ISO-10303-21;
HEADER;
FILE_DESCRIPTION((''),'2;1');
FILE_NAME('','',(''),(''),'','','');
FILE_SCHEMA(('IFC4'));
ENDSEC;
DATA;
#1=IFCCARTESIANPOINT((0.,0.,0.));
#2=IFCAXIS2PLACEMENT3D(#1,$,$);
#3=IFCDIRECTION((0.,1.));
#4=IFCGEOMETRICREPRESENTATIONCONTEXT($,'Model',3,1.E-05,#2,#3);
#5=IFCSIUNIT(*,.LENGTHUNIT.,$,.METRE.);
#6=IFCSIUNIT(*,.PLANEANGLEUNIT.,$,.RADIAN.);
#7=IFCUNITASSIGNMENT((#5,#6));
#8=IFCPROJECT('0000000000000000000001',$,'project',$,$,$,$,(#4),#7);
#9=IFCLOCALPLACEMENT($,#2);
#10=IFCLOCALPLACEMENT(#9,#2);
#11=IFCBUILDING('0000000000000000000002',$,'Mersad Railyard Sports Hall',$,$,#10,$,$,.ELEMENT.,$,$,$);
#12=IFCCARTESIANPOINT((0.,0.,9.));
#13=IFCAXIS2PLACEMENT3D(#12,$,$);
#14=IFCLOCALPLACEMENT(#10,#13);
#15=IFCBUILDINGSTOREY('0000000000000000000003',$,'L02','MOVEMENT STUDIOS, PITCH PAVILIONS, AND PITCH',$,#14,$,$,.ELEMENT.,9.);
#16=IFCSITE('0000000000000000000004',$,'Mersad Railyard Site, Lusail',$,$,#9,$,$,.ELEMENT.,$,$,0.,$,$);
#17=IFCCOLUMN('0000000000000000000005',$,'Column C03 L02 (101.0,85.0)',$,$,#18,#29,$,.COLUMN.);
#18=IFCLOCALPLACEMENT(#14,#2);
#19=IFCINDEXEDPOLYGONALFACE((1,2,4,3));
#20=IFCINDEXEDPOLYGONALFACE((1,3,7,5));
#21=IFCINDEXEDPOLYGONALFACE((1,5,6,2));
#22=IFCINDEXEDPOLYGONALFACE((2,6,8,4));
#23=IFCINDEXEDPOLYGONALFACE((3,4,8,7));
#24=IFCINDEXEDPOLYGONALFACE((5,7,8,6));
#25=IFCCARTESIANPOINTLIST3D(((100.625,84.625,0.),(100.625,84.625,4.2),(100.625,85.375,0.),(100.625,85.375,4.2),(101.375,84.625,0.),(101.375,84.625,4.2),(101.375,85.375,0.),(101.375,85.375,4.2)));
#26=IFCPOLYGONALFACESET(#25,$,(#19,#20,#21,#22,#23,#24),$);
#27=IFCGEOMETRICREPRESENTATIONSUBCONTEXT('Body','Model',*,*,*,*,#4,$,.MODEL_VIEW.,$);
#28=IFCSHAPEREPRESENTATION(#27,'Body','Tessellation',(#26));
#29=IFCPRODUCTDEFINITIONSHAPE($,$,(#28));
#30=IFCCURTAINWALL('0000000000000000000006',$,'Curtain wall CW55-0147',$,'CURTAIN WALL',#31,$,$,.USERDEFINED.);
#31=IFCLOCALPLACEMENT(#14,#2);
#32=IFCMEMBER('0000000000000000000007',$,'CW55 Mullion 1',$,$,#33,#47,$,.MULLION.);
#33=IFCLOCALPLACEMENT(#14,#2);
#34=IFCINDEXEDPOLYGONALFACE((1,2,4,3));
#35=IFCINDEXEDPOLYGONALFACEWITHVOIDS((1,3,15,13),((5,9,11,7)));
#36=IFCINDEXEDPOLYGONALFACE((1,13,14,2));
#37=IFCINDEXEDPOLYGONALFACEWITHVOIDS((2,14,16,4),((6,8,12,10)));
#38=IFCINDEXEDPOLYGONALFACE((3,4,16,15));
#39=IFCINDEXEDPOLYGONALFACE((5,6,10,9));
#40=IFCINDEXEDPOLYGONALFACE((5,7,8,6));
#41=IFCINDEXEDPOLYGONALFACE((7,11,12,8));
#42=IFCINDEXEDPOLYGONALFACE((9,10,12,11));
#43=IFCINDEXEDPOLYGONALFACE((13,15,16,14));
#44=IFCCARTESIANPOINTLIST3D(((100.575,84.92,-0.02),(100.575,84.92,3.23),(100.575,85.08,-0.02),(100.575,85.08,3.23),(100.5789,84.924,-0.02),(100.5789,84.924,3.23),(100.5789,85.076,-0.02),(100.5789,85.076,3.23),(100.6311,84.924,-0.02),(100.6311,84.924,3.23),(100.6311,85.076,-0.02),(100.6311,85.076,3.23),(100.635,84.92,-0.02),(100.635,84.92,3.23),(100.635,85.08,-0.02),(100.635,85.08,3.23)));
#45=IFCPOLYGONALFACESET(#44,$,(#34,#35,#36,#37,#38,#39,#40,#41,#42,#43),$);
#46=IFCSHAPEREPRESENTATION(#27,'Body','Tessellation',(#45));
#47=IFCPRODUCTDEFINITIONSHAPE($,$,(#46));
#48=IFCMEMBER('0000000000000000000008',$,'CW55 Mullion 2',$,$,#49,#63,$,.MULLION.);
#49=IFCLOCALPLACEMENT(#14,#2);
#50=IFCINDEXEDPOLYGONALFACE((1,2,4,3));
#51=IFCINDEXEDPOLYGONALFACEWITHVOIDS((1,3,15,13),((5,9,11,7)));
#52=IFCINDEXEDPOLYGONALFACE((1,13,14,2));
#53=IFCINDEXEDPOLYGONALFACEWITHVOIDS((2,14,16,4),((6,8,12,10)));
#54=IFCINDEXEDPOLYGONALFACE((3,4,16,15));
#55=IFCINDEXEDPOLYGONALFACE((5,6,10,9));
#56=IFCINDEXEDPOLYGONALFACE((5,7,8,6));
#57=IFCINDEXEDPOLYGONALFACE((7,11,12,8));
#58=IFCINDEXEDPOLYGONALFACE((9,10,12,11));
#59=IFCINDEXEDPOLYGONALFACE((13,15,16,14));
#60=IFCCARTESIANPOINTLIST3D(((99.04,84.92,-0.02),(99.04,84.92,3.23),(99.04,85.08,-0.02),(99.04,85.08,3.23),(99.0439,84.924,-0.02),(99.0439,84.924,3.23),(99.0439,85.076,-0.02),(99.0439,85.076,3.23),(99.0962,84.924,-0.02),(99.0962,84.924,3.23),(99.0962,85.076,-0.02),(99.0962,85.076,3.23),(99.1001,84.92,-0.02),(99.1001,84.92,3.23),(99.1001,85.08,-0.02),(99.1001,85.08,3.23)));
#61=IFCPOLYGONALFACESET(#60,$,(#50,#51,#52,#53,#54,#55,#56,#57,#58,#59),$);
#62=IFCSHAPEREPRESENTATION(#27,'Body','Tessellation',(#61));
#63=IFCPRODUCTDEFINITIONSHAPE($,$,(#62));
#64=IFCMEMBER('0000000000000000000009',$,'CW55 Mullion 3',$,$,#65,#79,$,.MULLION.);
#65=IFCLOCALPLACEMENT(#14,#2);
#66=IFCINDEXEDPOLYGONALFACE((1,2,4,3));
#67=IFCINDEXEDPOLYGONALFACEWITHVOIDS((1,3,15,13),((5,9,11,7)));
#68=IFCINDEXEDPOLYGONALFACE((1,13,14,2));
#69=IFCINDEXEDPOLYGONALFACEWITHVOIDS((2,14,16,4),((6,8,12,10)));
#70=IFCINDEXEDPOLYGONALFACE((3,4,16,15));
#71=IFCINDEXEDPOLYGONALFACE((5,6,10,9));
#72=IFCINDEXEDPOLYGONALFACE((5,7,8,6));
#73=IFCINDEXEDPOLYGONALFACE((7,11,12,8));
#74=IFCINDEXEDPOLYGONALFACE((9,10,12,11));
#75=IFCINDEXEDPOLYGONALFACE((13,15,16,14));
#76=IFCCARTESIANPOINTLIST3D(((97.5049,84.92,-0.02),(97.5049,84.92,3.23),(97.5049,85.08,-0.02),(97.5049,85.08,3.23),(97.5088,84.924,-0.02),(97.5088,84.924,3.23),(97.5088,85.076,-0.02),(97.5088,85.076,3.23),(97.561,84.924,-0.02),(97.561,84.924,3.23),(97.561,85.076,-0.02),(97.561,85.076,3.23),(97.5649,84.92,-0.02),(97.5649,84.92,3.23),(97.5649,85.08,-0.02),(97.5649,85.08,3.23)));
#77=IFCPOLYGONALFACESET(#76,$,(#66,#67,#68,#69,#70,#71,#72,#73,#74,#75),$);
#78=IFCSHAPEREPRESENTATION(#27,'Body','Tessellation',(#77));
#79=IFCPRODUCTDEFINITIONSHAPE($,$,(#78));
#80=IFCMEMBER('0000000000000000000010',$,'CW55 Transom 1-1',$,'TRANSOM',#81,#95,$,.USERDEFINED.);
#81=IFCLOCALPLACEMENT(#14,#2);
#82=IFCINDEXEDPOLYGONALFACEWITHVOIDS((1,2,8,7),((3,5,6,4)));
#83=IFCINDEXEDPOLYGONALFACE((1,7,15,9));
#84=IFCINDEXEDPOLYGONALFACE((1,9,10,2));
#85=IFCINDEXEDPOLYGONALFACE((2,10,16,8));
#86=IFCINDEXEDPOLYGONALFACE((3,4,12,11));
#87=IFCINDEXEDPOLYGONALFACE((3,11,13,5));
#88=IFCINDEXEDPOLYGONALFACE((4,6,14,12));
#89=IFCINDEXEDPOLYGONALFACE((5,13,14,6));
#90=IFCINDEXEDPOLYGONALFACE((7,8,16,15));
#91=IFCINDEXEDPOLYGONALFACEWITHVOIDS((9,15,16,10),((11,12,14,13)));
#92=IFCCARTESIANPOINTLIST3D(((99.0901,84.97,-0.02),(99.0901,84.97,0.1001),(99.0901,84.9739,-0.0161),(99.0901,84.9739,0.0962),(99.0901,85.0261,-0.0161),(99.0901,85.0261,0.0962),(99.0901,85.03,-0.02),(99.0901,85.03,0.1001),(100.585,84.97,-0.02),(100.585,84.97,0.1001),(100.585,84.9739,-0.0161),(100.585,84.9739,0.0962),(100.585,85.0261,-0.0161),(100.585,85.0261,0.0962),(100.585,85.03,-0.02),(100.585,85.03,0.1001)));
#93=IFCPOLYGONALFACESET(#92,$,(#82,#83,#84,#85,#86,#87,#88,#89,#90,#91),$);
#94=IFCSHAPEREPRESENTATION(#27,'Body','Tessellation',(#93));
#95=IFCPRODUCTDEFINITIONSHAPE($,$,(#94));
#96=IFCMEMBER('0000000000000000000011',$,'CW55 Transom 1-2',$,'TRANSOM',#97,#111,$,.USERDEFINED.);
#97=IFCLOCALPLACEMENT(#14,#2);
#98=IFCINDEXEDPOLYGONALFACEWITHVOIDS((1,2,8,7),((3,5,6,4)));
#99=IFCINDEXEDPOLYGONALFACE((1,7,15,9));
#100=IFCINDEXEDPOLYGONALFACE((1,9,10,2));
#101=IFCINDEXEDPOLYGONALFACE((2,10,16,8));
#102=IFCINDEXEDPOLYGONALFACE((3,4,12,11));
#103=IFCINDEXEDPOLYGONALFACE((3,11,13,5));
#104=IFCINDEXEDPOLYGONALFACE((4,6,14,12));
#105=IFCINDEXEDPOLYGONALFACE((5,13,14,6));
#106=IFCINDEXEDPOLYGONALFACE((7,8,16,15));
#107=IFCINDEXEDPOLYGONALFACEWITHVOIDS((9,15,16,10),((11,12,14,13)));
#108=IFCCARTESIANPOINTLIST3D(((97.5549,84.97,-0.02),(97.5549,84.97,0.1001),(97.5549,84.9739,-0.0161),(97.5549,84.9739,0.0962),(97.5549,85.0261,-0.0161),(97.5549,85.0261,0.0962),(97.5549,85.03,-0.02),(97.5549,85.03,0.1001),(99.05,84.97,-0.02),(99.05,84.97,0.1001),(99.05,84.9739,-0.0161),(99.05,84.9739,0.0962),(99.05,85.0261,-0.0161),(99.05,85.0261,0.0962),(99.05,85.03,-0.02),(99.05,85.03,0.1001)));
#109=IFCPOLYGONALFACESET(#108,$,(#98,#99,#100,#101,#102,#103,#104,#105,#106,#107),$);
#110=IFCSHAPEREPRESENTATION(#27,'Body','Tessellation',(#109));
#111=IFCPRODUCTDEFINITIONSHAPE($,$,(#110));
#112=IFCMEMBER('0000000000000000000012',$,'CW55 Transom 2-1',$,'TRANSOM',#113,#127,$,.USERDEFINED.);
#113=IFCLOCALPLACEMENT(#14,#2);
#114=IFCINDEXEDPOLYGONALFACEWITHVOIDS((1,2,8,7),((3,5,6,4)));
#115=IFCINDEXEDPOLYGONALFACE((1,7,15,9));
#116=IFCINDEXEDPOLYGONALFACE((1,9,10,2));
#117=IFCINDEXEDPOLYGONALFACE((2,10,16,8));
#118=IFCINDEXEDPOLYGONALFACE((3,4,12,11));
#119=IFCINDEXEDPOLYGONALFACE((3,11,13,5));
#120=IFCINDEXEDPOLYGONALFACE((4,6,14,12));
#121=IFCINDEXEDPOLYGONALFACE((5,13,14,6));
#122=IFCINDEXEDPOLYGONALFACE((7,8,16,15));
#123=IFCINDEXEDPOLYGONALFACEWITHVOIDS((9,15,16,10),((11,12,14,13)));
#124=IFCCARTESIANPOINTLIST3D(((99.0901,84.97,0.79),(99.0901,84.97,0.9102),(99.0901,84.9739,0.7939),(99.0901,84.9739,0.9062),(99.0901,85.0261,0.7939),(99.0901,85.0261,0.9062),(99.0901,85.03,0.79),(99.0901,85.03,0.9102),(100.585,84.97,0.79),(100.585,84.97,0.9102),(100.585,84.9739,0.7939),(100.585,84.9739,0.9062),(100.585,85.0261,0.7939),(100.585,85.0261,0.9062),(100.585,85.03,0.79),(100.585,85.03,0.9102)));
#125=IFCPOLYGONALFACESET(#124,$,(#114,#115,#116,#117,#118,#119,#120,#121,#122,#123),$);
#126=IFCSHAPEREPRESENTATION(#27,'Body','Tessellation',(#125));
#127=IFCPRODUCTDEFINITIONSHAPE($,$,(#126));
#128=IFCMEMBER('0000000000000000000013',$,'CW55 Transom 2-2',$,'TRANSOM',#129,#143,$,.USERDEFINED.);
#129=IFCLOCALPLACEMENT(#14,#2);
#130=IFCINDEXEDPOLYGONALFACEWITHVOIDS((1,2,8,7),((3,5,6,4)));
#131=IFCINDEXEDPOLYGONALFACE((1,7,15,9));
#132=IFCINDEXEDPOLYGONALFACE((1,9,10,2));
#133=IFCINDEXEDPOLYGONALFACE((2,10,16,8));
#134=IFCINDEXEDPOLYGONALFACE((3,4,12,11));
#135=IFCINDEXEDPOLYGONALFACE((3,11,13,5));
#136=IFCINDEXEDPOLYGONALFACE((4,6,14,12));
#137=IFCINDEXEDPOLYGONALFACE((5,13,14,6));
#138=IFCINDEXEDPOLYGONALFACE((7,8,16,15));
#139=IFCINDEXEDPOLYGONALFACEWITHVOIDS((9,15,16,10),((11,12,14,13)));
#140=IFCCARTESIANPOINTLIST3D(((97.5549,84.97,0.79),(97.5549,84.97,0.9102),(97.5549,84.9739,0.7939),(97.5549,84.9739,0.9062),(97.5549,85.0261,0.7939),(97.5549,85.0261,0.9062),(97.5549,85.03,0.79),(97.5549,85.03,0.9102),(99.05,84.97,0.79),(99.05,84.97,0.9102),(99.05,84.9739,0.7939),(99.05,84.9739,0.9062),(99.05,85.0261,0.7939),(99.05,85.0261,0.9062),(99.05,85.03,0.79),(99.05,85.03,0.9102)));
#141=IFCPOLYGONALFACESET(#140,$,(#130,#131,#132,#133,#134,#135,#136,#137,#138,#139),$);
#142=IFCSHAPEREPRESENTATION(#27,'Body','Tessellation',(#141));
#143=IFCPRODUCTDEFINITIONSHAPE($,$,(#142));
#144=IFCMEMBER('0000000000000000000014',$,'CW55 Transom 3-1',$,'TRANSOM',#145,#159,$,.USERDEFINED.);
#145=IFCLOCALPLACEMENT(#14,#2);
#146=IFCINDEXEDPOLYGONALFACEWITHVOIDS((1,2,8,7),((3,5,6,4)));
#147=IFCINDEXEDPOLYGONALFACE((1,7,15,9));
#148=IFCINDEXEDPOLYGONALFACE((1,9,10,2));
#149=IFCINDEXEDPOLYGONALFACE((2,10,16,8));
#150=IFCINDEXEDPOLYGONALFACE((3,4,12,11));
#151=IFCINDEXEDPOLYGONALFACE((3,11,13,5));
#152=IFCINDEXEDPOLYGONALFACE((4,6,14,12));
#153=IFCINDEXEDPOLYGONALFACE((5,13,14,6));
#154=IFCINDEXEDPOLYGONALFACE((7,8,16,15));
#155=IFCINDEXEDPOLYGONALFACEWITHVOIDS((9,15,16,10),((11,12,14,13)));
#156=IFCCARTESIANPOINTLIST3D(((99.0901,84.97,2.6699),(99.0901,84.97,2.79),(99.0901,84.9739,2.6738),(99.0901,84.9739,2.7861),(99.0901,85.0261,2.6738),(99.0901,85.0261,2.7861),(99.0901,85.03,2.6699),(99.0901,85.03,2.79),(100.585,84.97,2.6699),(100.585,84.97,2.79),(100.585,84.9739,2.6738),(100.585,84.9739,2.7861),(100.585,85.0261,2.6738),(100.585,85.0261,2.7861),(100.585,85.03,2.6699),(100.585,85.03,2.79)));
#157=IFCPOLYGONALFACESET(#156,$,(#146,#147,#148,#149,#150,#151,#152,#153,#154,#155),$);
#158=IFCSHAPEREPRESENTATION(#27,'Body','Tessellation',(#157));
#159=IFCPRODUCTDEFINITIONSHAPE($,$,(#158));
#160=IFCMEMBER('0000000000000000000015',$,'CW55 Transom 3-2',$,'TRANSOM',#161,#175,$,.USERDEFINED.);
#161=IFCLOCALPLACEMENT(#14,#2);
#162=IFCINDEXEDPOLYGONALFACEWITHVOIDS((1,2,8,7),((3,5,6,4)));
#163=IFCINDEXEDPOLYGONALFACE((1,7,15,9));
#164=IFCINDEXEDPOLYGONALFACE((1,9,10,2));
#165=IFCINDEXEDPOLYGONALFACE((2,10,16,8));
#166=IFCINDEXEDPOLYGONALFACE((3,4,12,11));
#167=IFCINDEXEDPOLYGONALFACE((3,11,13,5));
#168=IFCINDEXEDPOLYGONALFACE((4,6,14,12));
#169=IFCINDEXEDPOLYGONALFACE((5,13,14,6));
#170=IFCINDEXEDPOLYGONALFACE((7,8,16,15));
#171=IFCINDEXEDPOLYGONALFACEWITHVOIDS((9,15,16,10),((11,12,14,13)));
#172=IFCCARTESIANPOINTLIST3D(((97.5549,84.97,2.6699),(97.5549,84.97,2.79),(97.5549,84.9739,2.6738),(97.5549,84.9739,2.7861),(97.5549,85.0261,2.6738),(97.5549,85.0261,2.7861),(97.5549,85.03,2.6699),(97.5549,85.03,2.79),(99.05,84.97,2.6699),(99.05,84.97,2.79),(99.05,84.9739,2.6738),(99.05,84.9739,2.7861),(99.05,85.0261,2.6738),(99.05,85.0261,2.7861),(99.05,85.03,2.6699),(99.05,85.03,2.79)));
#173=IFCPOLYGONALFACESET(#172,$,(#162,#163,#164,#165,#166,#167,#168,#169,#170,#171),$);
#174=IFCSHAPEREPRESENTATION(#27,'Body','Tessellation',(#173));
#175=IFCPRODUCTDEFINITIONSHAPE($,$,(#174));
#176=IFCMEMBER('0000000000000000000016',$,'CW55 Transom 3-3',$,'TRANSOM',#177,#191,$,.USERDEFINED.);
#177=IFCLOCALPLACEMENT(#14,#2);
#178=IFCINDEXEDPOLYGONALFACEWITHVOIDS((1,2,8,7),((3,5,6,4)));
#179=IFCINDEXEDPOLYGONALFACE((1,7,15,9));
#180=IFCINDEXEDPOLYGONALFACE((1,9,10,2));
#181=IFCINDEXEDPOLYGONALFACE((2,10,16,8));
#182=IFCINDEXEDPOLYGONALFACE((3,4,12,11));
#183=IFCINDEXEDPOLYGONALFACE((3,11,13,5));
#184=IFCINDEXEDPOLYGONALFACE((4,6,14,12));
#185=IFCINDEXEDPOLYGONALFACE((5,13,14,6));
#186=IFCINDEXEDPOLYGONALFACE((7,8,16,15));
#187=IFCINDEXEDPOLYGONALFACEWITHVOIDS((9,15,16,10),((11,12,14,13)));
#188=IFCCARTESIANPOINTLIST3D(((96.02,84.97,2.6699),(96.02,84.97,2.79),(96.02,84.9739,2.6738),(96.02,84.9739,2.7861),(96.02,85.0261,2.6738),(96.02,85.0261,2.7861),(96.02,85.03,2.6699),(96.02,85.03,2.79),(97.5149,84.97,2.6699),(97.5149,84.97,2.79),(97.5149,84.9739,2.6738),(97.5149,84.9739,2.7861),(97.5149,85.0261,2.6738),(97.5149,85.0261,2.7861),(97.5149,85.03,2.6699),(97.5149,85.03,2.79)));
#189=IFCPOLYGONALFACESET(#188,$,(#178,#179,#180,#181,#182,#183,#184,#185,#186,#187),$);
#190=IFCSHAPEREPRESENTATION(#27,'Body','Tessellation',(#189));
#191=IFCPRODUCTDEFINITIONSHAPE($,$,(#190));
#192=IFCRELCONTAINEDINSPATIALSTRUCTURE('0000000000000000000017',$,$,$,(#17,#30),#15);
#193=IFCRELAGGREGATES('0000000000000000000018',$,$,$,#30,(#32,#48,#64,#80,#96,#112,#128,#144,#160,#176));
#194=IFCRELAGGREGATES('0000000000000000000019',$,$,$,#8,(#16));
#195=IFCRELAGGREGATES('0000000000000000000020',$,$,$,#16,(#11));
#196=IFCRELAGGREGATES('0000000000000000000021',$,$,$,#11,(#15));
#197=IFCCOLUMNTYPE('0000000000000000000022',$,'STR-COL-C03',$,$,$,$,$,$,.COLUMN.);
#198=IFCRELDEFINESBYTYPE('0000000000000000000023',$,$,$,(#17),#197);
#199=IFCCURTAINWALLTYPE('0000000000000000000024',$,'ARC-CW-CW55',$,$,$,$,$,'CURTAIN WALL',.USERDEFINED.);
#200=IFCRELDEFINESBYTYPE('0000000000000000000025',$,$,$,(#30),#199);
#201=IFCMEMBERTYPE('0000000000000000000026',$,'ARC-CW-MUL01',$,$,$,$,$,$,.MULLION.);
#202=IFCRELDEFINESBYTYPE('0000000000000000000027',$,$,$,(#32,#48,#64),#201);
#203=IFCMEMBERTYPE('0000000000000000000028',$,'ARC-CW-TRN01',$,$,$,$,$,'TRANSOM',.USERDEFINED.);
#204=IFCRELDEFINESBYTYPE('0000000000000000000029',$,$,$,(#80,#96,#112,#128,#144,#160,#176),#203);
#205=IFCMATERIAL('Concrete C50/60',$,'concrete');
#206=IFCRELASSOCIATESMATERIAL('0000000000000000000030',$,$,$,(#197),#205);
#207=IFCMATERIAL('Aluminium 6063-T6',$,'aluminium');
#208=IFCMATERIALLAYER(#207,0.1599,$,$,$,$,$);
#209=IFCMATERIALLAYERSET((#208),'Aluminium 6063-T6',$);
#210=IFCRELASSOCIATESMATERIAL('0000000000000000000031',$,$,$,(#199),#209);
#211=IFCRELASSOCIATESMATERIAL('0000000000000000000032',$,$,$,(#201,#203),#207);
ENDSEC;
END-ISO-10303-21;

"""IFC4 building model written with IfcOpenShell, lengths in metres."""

from ifc_helpers import new_model, si_unit, direction, frame, origin, origin_2d, place, context, subcontext, project, spatial, rectangle, hollow_rectangle, extrude, material, layer, layer_set, material_profile, profile_set, type_object, element, aggregate, save


model = new_model("IFC4")

# Units and contexts
model_context = context("Model", 3, precision=1e-05, world=origin(), true_north=direction((0.0, 1.0)))
body_context = subcontext(model_context, "Body", "Model", "MODEL_VIEW")
ifc_project = project(units=[si_unit("LENGTHUNIT", "METRE"), si_unit("PLANEANGLEUNIT", "RADIAN")], contexts=[model_context])

# Site, building, storey
site_placement = place(None, origin())
site = spatial("IfcSite", under=ifc_project, at=site_placement, Name="Mersad Railyard Site, Lusail", CompositionType="ELEMENT", RefElevation=0.0)
building_placement = place(site_placement, origin())
building = spatial("IfcBuilding", under=site, at=building_placement, Name="Mersad Railyard Sports Hall", CompositionType="ELEMENT")
storey_placement = place(building_placement, frame((0.0, 0.0, 9.0)))
storey = spatial("IfcBuildingStorey", under=building, at=storey_placement, Name="L02", Description="MOVEMENT STUDIOS, PITCH PAVILIONS, AND PITCH", CompositionType="ELEMENT", Elevation=9.0)

# Column
ifc_material_1 = material(Name="Concrete C50/60", Category="concrete")
ifc_material_profile_1 = material_profile(ifc_material_1, rectangle(XDim=0.75, YDim=0.75, at=origin_2d()), Name="RC 750x750")
ifc_profile_set_1 = profile_set([ifc_material_profile_1], Name="Concrete C50/60")
column_type = type_object("IfcColumnType", Name="STR-COL-C03", PredefinedType="COLUMN", material=ifc_profile_set_1)
column_placement = place(storey_placement, frame((101.0, 85.0, 0.0), z_axis=(0.0, 0.0, 1.0), x_axis=(1.0, 0.0, 0.0)))
element("IfcColumn", 1, at=column_placement, inside=storey, type_object=column_type, Name="Column C03 L02 (101.0,85.0)", PredefinedType="COLUMN", context=body_context, shape_type="SweptSolid", body=[
    extrude(rectangle(XDim=0.75, YDim=0.75, at=origin_2d()), origin(), (0.0, 0.0, 1.0), 4.2),
])

# Curtain wall, members
ifc_material_2 = material(Name="Aluminium 6063-T6", Category="aluminium")
ifc_layer_1 = layer(ifc_material_2, 0.1599)
ifc_layer_set_1 = layer_set([ifc_layer_1], Name="Aluminium 6063-T6")
curtain_wall_type = type_object("IfcCurtainWallType", Name="ARC-CW-CW55", ElementType="CURTAIN WALL", PredefinedType="USERDEFINED", material=ifc_layer_set_1)
curtain_wall_placement = place(storey_placement, origin())
curtain_wall = element("IfcCurtainWall", 2, at=curtain_wall_placement, inside=storey, type_object=curtain_wall_type, Name="Curtain wall CW55-0147", ObjectType="CURTAIN WALL", PredefinedType="USERDEFINED")
ifc_material_profile_2 = material_profile(ifc_material_2, hollow_rectangle(XDim=0.0601, YDim=0.1599, WallThickness=0.0039, at=origin_2d()), Name="AL MULLION 60x160x4")
ifc_profile_set_2 = profile_set([ifc_material_profile_2], Name="Aluminium 6063-T6")
member_type_1 = type_object("IfcMemberType", Name="ARC-CW-MUL01", PredefinedType="MULLION", material=ifc_profile_set_2)
member_1_placement = place(storey_placement, frame((100.605, 85.0, -0.02), z_axis=(0.0, 0.0, 1.0), x_axis=(1.0, 0.0, 0.0)))
member_1 = element("IfcMember", 3, at=member_1_placement, type_object=member_type_1, Name="CW55 Mullion 1", PredefinedType="MULLION", context=body_context, shape_type="SweptSolid", body=[
    extrude(hollow_rectangle(XDim=0.0601, YDim=0.1599, WallThickness=0.0039, at=origin_2d()), origin(), (0.0, 0.0, 1.0), 3.25),
])
member_2_placement = place(storey_placement, frame((99.0701, 85.0, -0.02), z_axis=(0.0, 0.0, 1.0), x_axis=(1.0, 0.0, 0.0)))
member_2 = element("IfcMember", 4, at=member_2_placement, type_object=member_type_1, Name="CW55 Mullion 2", PredefinedType="MULLION", context=body_context, shape_type="SweptSolid", body=[
    extrude(hollow_rectangle(XDim=0.0601, YDim=0.1599, WallThickness=0.0039, at=origin_2d()), origin(), (0.0, 0.0, 1.0), 3.25),
])
member_3_placement = place(storey_placement, frame((97.5349, 85.0, -0.02), z_axis=(0.0, 0.0, 1.0), x_axis=(1.0, 0.0, 0.0)))
member_3 = element("IfcMember", 5, at=member_3_placement, type_object=member_type_1, Name="CW55 Mullion 3", PredefinedType="MULLION", context=body_context, shape_type="SweptSolid", body=[
    extrude(hollow_rectangle(XDim=0.0601, YDim=0.1599, WallThickness=0.0039, at=origin_2d()), origin(), (0.0, 0.0, 1.0), 3.25),
])
ifc_material_profile_3 = material_profile(ifc_material_2, hollow_rectangle(XDim=0.0601, YDim=0.1201, WallThickness=0.0039, at=origin_2d()), Name="AL TRANSOM 60x120x4")
ifc_profile_set_3 = profile_set([ifc_material_profile_3], Name="Aluminium 6063-T6")
member_type_2 = type_object("IfcMemberType", Name="ARC-CW-TRN01", ElementType="TRANSOM", PredefinedType="USERDEFINED", material=ifc_profile_set_3)
member_4_placement = place(storey_placement, frame((100.585, 85.0, 0.04), z_axis=(-1.0, 0.0, 0.0), x_axis=(0.0, -1.0, 0.0)))
member_4 = element("IfcMember", 6, at=member_4_placement, type_object=member_type_2, Name="CW55 Transom 1-1", ObjectType="TRANSOM", PredefinedType="USERDEFINED", context=body_context, shape_type="SweptSolid", body=[
    extrude(hollow_rectangle(XDim=0.0601, YDim=0.1201, WallThickness=0.0039, at=origin_2d()), origin(), (0.0, 0.0, 1.0), 1.4949),
])
member_5_placement = place(storey_placement, frame((99.05, 85.0, 0.04), z_axis=(-1.0, 0.0, 0.0), x_axis=(0.0, -1.0, 0.0)))
member_5 = element("IfcMember", 7, at=member_5_placement, type_object=member_type_2, Name="CW55 Transom 1-2", ObjectType="TRANSOM", PredefinedType="USERDEFINED", context=body_context, shape_type="SweptSolid", body=[
    extrude(hollow_rectangle(XDim=0.0601, YDim=0.1201, WallThickness=0.0039, at=origin_2d()), origin(), (0.0, 0.0, 1.0), 1.4951),
])
member_6_placement = place(storey_placement, frame((100.585, 85.0, 0.8501), z_axis=(-1.0, 0.0, 0.0), x_axis=(0.0, -1.0, 0.0)))
member_6 = element("IfcMember", 8, at=member_6_placement, type_object=member_type_2, Name="CW55 Transom 2-1", ObjectType="TRANSOM", PredefinedType="USERDEFINED", context=body_context, shape_type="SweptSolid", body=[
    extrude(hollow_rectangle(XDim=0.0601, YDim=0.1201, WallThickness=0.0039, at=origin_2d()), origin(), (0.0, 0.0, 1.0), 1.4949),
])
member_7_placement = place(storey_placement, frame((99.05, 85.0, 0.8501), z_axis=(-1.0, 0.0, 0.0), x_axis=(0.0, -1.0, 0.0)))
member_7 = element("IfcMember", 9, at=member_7_placement, type_object=member_type_2, Name="CW55 Transom 2-2", ObjectType="TRANSOM", PredefinedType="USERDEFINED", context=body_context, shape_type="SweptSolid", body=[
    extrude(hollow_rectangle(XDim=0.0601, YDim=0.1201, WallThickness=0.0039, at=origin_2d()), origin(), (0.0, 0.0, 1.0), 1.4951),
])
member_8_placement = place(storey_placement, frame((100.585, 85.0, 2.73), z_axis=(-1.0, 0.0, 0.0), x_axis=(0.0, -1.0, 0.0)))
member_8 = element("IfcMember", 10, at=member_8_placement, type_object=member_type_2, Name="CW55 Transom 3-1", ObjectType="TRANSOM", PredefinedType="USERDEFINED", context=body_context, shape_type="SweptSolid", body=[
    extrude(hollow_rectangle(XDim=0.0601, YDim=0.1201, WallThickness=0.0039, at=origin_2d()), origin(), (0.0, 0.0, 1.0), 1.4949),
])
member_9_placement = place(storey_placement, frame((99.05, 85.0, 2.73), z_axis=(-1.0, 0.0, 0.0), x_axis=(0.0, -1.0, 0.0)))
member_9 = element("IfcMember", 11, at=member_9_placement, type_object=member_type_2, Name="CW55 Transom 3-2", ObjectType="TRANSOM", PredefinedType="USERDEFINED", context=body_context, shape_type="SweptSolid", body=[
    extrude(hollow_rectangle(XDim=0.0601, YDim=0.1201, WallThickness=0.0039, at=origin_2d()), origin(), (0.0, 0.0, 1.0), 1.4951),
])
member_10_placement = place(storey_placement, frame((97.5149, 85.0, 2.73), z_axis=(-1.0, 0.0, 0.0), x_axis=(0.0, -1.0, 0.0)))
member_10 = element("IfcMember", 12, at=member_10_placement, type_object=member_type_2, Name="CW55 Transom 3-3", ObjectType="TRANSOM", PredefinedType="USERDEFINED", context=body_context, shape_type="SweptSolid", body=[
    extrude(hollow_rectangle(XDim=0.0601, YDim=0.1201, WallThickness=0.0039, at=origin_2d()), origin(), (0.0, 0.0, 1.0), 1.4949),
])

aggregate(curtain_wall, [member_1, member_2, member_3, member_4, member_5, member_6, member_7, member_8, member_9, member_10])

save(model, "model.ifc")
